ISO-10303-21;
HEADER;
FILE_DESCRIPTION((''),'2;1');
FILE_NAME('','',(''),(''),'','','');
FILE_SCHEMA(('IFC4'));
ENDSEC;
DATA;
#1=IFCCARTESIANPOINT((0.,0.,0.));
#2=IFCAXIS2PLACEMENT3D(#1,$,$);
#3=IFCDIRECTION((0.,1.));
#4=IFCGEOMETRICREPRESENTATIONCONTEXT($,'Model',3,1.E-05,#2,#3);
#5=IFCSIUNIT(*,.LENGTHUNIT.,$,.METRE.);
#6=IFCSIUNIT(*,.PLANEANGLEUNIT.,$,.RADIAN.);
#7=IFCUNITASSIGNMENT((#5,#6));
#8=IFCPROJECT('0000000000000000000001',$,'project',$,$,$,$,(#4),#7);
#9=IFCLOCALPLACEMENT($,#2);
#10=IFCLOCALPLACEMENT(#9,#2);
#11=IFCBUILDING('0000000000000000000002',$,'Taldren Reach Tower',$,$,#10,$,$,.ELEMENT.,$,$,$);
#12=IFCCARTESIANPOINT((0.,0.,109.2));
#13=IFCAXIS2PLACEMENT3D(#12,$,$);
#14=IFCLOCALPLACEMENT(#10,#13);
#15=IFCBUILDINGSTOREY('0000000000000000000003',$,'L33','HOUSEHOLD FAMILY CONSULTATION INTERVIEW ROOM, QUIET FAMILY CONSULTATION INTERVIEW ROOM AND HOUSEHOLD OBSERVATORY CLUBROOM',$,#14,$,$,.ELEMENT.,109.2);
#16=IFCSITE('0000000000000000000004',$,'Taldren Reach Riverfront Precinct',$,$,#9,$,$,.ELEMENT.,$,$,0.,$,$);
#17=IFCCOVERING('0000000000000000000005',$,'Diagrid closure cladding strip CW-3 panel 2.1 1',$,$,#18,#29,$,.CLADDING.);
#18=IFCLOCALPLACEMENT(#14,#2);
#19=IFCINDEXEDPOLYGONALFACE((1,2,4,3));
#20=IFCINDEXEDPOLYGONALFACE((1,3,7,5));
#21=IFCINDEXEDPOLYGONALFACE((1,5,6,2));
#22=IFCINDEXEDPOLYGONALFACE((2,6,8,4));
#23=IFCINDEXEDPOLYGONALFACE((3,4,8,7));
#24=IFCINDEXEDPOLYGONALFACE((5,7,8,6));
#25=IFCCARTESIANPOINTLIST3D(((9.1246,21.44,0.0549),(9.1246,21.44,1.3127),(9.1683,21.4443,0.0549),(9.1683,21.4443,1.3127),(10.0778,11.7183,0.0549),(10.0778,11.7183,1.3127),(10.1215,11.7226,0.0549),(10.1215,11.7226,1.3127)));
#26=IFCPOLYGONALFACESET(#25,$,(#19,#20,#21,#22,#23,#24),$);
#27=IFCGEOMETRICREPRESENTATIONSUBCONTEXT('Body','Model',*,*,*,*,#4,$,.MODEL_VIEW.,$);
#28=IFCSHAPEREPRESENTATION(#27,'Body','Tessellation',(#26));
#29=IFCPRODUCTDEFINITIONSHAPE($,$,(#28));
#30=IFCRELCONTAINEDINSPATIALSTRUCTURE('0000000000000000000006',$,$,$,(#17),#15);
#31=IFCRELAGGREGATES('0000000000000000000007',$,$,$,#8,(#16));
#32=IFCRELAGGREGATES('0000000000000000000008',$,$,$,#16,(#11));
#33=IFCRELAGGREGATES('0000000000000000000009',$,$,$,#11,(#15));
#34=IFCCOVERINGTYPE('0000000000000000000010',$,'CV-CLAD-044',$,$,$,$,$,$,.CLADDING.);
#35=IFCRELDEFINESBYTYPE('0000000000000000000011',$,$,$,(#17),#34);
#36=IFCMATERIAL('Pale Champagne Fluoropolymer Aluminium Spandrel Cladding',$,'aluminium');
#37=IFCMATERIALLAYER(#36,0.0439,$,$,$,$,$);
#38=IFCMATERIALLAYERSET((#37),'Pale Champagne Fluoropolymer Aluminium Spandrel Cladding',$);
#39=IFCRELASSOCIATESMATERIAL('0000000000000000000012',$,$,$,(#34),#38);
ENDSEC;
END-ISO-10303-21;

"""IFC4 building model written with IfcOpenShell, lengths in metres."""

from ifc_helpers import new_model, si_unit, direction, frame, origin, origin_2d, place, context, subcontext, project, spatial, rectangle, extrude, source, transform, mapped, material, layer, layer_set, type_object, element, save


model = new_model("IFC4")

# Units and contexts
model_context = context("Model", 3, precision=1e-05, world=origin(), true_north=direction((0.0, 1.0)))
body_context = subcontext(model_context, "Body", "Model", "MODEL_VIEW")
ifc_project = project(units=[si_unit("LENGTHUNIT", "METRE"), si_unit("PLANEANGLEUNIT", "RADIAN")], contexts=[model_context])

# Site, building, storey
site_placement = place(None, origin())
site = spatial("IfcSite", under=ifc_project, at=site_placement, Name="Taldren Reach Riverfront Precinct", CompositionType="ELEMENT", RefElevation=0.0)
building_placement = place(site_placement, origin())
building = spatial("IfcBuilding", under=site, at=building_placement, Name="Taldren Reach Tower", CompositionType="ELEMENT")
storey_placement = place(building_placement, frame((0.0, 0.0, 109.2)))
storey = spatial("IfcBuildingStorey", under=building, at=storey_placement, Name="L33", Description="HOUSEHOLD FAMILY CONSULTATION INTERVIEW ROOM, QUIET FAMILY CONSULTATION INTERVIEW ROOM AND HOUSEHOLD OBSERVATORY CLUBROOM", CompositionType="ELEMENT", Elevation=109.2)

# Covering
ifc_material_1 = material(Name="Pale Champagne Fluoropolymer Aluminium Spandrel Cladding", Category="aluminium")
ifc_layer_1 = layer(ifc_material_1, 0.0439)
ifc_layer_set_1 = layer_set([ifc_layer_1], Name="Pale Champagne Fluoropolymer Aluminium Spandrel Cladding")
covering_type = type_object("IfcCoveringType", Name="CV-CLAD-044", PredefinedType="CLADDING", material=ifc_layer_set_1)
shared_shape_1 = source(origin(), body_context, "Body", "SweptSolid", [
    extrude(rectangle(XDim=9.7683, YDim=0.0439, at=origin_2d()), origin(), (0.0, 0.0, 1.0), 1.2578),
])
covering_placement = place(storey_placement, frame((9.623, 16.5813, 0.0549), z_axis=(0.0, 0.0, 1.0), x_axis=(0.097583, -0.995227, 0.0)))
element("IfcCovering", 1, at=covering_placement, inside=storey, type_object=covering_type, Name="Diagrid closure cladding strip CW-3 panel 2.1 1", PredefinedType="CLADDING", context=body_context, shape_type="MappedRepresentation", body=[
    mapped(shared_shape_1, transform((0.0, 0.0, 0.0), scale=1.0)),
])

save(model, "model.ifc")
